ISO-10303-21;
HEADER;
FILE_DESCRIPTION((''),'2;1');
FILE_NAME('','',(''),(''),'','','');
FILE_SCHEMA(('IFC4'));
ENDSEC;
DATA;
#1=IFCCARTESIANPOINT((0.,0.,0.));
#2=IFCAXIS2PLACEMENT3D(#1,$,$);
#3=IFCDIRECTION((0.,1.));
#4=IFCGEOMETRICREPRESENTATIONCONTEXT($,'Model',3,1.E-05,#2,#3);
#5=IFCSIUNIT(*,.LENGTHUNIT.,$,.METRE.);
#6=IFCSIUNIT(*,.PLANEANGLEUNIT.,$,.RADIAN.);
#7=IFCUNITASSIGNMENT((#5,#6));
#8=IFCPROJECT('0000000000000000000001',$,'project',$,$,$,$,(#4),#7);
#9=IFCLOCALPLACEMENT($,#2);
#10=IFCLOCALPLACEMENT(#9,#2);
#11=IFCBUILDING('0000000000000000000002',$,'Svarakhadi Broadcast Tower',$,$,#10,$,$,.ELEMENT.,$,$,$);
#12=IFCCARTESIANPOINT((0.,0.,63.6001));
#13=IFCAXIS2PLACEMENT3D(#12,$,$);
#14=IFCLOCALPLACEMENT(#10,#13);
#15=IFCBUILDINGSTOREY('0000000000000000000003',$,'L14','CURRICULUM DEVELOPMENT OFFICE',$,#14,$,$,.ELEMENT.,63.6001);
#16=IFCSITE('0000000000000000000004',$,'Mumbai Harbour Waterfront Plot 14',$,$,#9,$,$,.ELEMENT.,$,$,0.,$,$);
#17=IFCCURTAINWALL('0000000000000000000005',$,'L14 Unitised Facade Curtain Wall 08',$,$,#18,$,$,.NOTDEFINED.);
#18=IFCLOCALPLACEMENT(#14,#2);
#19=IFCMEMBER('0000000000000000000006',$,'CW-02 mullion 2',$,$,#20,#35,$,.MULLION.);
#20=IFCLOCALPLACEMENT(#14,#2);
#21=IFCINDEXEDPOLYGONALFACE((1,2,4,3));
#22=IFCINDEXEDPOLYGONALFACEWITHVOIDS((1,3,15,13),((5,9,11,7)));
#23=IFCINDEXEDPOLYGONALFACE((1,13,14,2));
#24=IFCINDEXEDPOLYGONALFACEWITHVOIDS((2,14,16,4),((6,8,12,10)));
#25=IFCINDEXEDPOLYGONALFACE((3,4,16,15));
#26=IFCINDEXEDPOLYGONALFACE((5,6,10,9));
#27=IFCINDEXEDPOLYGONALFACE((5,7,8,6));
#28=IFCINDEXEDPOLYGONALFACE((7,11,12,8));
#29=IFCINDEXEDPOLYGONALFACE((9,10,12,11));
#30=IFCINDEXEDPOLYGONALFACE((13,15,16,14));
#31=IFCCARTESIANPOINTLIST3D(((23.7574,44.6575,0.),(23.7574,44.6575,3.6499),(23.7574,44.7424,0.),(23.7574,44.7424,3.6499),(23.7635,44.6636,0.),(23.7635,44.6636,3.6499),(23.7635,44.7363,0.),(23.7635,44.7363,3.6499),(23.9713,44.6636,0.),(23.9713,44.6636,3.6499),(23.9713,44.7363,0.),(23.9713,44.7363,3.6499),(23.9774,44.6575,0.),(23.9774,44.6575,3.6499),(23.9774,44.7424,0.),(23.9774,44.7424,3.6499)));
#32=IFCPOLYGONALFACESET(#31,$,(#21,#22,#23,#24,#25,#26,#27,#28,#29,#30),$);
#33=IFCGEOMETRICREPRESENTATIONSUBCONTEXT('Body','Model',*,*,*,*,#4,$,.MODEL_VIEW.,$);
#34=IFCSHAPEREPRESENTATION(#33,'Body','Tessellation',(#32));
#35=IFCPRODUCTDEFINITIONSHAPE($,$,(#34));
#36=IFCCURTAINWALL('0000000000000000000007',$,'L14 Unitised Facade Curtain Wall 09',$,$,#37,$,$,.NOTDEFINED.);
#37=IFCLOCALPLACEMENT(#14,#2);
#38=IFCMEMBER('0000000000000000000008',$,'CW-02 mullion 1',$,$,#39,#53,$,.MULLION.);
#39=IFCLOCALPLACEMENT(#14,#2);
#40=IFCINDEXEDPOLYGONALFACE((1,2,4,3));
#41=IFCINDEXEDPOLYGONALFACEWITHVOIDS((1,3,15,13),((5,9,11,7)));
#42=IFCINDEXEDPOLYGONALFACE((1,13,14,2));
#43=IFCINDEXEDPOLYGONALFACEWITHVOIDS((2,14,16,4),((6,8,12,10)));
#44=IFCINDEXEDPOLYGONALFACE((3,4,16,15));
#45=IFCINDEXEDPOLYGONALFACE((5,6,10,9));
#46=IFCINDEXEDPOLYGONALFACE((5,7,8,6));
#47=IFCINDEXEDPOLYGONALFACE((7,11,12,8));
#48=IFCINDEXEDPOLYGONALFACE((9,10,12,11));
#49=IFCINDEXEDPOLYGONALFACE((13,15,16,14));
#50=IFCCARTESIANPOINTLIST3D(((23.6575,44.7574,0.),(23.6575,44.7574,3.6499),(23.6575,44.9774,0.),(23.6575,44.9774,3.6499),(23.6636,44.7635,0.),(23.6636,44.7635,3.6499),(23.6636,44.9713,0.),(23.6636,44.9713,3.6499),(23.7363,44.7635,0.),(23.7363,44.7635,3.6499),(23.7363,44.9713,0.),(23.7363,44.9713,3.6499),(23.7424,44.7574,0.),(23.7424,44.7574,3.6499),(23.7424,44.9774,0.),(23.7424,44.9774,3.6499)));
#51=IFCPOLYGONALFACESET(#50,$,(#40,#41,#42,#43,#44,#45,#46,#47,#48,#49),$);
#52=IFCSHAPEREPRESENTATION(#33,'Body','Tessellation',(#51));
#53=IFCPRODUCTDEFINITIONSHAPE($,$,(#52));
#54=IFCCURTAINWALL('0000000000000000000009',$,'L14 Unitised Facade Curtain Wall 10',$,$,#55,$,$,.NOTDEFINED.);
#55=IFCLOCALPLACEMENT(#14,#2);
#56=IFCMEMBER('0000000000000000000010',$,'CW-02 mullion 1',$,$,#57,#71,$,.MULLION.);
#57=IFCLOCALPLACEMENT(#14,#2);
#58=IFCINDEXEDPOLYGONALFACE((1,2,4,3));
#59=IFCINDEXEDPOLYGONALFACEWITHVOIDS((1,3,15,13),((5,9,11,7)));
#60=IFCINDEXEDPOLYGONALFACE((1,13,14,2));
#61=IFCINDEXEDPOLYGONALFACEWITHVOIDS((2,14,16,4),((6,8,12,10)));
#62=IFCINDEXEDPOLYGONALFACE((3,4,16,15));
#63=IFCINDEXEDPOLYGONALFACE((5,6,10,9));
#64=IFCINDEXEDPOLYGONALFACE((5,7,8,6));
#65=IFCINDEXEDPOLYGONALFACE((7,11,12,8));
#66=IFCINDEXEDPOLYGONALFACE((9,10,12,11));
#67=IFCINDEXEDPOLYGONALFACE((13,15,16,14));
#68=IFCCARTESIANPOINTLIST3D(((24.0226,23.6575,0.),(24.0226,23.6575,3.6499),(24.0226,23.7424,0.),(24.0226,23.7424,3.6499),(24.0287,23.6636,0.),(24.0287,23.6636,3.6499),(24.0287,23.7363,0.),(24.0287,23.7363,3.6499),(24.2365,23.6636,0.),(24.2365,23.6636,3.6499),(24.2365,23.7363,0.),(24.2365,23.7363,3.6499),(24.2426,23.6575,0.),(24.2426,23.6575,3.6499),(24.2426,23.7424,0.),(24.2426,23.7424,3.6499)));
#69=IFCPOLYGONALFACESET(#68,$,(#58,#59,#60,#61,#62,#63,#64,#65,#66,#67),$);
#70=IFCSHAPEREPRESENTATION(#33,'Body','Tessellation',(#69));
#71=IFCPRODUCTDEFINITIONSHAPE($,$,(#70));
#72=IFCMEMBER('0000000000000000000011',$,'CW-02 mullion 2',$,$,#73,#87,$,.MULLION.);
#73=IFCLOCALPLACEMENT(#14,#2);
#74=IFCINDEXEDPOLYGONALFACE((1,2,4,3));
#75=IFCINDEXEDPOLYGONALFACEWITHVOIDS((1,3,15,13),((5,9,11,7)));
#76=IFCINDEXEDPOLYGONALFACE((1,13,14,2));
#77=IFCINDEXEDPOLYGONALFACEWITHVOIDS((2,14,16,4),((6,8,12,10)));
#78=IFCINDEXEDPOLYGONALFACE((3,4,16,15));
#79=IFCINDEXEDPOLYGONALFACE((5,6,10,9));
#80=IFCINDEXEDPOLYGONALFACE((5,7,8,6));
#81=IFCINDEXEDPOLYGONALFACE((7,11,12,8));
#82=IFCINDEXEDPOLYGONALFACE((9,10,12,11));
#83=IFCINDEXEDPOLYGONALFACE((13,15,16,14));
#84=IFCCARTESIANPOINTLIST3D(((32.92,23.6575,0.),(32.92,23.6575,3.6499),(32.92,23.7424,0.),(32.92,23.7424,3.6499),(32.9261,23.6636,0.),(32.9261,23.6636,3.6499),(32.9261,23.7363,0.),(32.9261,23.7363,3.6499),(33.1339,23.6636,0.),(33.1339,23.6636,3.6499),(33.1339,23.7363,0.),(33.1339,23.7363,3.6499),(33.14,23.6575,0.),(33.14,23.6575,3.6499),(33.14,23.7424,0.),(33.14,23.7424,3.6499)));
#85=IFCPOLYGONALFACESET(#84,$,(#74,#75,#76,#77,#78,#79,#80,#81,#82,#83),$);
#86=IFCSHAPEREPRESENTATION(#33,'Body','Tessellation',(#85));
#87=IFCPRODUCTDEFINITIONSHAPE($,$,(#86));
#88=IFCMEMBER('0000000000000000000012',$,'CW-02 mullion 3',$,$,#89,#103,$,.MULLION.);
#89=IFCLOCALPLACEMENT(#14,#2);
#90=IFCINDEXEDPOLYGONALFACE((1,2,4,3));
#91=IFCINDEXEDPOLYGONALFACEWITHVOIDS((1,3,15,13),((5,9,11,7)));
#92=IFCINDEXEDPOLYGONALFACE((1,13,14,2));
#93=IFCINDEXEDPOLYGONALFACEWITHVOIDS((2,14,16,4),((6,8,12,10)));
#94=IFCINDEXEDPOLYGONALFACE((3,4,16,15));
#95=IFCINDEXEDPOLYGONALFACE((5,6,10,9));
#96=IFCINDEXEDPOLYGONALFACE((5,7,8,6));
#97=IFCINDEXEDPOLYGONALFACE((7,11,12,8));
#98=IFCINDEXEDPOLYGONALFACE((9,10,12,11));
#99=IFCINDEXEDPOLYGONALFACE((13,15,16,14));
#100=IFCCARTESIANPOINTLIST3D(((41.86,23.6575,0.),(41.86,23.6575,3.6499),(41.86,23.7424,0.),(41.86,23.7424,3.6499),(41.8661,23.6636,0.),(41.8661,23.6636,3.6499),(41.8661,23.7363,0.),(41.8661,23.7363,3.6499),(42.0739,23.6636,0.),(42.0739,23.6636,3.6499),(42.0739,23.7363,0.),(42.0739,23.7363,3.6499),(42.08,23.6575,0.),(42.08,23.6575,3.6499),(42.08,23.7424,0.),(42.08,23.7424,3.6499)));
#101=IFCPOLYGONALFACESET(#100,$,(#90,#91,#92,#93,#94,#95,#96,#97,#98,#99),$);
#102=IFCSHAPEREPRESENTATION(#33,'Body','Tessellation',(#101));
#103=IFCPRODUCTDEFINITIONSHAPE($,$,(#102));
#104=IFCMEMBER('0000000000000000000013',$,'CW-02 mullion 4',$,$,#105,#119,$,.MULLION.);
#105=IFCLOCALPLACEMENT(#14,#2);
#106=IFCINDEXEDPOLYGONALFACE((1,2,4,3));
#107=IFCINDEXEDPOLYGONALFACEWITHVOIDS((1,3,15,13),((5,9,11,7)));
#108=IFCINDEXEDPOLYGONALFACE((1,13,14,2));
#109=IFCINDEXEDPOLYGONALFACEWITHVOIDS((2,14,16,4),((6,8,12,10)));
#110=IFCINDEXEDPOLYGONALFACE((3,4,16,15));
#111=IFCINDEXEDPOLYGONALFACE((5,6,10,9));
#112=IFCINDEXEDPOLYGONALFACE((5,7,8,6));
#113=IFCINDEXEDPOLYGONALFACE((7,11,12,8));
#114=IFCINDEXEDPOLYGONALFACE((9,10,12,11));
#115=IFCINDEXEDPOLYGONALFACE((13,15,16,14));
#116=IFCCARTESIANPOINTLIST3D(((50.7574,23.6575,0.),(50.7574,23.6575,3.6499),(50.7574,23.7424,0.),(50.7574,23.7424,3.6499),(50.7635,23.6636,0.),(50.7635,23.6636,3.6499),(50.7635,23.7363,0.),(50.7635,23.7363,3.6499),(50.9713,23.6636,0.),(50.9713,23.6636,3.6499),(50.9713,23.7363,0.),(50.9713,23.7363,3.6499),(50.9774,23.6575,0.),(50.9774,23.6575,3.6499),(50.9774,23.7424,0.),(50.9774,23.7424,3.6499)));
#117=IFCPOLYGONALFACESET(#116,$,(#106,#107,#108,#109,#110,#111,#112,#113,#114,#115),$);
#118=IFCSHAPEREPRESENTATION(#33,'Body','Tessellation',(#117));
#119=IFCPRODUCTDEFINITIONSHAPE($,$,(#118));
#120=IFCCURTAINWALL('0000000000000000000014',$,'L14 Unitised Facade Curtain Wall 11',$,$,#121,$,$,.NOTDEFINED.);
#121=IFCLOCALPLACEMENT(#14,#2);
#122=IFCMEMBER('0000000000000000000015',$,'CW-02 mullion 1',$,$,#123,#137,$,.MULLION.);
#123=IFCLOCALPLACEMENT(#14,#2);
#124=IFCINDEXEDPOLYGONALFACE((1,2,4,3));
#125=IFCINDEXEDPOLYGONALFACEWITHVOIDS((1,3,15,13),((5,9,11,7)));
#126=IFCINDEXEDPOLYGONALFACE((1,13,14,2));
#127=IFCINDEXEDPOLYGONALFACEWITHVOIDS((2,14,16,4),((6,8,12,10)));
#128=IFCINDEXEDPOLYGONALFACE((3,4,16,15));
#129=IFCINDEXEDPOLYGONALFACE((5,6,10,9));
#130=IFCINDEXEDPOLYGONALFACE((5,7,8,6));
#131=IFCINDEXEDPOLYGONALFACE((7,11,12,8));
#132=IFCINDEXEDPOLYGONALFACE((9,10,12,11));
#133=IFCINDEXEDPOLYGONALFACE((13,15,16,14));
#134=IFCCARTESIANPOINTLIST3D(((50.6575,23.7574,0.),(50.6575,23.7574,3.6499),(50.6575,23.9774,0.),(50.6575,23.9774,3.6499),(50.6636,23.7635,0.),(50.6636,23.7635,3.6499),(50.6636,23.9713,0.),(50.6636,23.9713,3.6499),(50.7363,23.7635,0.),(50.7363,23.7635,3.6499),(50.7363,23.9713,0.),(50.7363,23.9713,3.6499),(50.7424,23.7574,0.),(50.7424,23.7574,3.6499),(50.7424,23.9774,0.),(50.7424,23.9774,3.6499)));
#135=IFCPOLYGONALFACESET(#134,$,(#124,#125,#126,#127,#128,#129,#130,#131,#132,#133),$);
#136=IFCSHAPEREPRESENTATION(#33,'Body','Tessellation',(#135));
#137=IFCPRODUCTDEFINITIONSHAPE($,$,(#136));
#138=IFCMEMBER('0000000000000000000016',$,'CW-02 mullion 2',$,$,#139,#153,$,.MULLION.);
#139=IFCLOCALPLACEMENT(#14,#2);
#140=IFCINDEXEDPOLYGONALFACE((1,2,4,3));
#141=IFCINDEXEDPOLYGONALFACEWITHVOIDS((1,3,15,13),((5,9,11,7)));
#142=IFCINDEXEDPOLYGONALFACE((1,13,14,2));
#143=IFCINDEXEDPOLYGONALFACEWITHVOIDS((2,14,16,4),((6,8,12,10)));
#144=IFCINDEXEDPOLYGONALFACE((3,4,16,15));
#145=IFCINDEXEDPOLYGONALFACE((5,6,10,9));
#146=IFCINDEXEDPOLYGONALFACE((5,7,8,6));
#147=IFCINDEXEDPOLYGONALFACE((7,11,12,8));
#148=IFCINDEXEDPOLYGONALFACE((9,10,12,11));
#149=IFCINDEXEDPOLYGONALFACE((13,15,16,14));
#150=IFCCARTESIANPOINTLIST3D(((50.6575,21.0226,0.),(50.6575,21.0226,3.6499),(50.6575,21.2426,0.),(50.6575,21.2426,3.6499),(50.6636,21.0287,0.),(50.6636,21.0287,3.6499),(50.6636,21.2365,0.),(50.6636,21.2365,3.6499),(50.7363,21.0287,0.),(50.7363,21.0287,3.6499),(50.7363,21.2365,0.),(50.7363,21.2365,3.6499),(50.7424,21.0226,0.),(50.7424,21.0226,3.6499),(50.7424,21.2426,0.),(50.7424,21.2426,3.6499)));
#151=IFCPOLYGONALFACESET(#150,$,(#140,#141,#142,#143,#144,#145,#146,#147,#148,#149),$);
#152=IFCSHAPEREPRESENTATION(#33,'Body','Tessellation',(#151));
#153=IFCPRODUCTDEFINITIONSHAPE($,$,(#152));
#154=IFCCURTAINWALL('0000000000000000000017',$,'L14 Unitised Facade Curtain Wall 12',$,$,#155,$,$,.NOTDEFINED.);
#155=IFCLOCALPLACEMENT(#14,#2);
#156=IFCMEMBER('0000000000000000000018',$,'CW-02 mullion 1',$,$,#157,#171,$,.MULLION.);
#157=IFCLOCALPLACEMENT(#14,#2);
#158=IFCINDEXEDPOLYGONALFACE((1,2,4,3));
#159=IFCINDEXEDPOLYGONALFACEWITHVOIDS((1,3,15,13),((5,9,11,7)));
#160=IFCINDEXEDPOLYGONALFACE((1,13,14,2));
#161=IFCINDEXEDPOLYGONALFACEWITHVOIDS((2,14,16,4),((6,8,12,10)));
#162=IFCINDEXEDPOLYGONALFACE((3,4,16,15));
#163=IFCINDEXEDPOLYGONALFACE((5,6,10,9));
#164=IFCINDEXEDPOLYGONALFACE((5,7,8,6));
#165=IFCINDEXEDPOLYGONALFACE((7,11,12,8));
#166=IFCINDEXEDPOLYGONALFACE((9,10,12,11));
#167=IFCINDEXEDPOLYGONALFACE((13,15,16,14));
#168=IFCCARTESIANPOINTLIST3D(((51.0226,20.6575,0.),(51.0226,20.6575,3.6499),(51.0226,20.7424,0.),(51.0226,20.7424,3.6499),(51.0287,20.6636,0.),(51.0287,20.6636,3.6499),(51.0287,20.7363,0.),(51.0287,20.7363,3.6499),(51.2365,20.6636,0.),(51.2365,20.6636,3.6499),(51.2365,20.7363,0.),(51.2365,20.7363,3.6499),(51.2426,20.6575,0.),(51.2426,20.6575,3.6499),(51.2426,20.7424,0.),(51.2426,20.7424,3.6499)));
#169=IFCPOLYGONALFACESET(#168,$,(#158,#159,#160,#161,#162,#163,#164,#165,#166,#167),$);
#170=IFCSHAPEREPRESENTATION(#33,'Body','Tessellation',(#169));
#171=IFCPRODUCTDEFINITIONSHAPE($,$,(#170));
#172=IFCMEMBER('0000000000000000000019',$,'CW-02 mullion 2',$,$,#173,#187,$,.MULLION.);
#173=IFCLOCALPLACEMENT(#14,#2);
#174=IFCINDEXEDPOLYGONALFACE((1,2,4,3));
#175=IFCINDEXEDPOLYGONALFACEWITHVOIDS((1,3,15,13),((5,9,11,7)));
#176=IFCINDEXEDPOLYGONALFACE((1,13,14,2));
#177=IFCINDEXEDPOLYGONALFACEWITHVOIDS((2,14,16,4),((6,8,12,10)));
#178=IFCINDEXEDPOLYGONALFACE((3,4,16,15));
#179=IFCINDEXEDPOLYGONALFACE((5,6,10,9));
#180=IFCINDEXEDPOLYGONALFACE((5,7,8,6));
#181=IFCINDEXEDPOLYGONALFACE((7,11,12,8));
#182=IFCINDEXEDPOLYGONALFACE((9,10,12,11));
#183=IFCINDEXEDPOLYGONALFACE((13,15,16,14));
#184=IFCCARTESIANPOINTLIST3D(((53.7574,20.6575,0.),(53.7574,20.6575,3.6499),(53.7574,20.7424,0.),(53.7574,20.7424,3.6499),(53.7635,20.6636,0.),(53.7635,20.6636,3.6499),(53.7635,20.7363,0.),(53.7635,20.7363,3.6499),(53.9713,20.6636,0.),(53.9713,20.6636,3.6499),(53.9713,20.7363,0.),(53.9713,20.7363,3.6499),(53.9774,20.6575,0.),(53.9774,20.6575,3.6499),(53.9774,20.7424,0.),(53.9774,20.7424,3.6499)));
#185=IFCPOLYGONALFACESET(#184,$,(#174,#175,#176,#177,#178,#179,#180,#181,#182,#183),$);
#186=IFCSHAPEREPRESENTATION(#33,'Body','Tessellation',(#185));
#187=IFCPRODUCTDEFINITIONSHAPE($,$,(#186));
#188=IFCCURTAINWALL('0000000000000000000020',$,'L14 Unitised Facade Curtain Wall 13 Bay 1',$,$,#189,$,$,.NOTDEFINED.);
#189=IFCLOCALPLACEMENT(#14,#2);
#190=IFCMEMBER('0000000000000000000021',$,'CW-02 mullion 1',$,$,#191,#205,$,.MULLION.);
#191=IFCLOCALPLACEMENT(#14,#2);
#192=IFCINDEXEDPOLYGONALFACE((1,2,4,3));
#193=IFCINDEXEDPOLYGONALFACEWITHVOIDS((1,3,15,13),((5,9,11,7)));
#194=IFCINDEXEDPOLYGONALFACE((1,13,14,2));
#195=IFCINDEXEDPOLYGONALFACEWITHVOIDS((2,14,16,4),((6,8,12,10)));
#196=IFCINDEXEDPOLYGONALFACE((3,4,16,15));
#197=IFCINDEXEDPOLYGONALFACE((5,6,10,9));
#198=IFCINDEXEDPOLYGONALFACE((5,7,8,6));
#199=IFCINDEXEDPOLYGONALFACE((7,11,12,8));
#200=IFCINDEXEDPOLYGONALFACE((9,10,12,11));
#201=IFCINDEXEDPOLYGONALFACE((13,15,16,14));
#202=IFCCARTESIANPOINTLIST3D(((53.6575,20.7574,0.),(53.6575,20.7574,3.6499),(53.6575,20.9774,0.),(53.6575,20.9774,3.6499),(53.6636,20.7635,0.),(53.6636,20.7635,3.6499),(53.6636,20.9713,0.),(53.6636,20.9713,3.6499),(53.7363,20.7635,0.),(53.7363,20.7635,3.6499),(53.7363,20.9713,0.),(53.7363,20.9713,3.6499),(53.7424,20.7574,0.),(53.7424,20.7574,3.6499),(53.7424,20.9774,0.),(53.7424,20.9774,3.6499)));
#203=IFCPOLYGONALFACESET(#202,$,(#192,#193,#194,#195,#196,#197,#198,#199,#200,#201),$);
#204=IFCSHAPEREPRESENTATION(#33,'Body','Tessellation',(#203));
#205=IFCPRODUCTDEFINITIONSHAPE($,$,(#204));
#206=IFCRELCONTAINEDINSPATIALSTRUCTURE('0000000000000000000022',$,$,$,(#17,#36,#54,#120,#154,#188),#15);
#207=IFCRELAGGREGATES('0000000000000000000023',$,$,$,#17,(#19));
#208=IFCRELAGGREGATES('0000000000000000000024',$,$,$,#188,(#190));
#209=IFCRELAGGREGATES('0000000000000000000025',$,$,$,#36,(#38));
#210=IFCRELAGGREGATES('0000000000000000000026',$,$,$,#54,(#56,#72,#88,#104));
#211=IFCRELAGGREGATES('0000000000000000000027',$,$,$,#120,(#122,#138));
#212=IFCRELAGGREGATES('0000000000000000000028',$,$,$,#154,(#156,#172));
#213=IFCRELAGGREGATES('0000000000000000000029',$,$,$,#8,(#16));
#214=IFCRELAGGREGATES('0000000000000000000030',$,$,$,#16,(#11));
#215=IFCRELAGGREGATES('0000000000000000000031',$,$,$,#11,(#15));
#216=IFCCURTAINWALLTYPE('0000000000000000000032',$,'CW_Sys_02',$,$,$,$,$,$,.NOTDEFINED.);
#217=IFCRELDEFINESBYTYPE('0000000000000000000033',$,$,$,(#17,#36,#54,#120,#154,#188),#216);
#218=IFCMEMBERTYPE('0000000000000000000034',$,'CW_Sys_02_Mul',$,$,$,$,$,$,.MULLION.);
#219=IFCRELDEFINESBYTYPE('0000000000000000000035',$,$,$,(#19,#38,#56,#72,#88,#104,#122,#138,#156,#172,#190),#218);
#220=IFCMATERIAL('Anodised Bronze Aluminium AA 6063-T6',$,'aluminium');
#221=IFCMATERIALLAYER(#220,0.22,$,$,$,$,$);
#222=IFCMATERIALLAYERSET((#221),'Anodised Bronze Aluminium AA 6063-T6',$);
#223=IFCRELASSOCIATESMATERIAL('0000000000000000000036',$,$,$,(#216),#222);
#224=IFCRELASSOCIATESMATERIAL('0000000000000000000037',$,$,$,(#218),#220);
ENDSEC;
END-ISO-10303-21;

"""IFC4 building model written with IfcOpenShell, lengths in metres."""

from ifc_helpers import new_model, si_unit, direction, frame, origin, origin_2d, place, context, subcontext, project, spatial, hollow_rectangle, extrude, material, layer, layer_set, material_profile, profile_set, type_object, element, aggregate, save


model = new_model("IFC4")

# Units and contexts
model_context = context("Model", 3, precision=1e-05, world=origin(), true_north=direction((0.0, 1.0)))
body_context = subcontext(model_context, "Body", "Model", "MODEL_VIEW")
ifc_project = project(units=[si_unit("LENGTHUNIT", "METRE"), si_unit("PLANEANGLEUNIT", "RADIAN")], contexts=[model_context])

# Site, building, storey
site_placement = place(None, origin())
site = spatial("IfcSite", under=ifc_project, at=site_placement, Name="Mumbai Harbour Waterfront Plot 14", CompositionType="ELEMENT", RefElevation=0.0)
building_placement = place(site_placement, origin())
building = spatial("IfcBuilding", under=site, at=building_placement, Name="Svarakhadi Broadcast Tower", CompositionType="ELEMENT")
storey_placement = place(building_placement, frame((0.0, 0.0, 63.6001)))
storey = spatial("IfcBuildingStorey", under=building, at=storey_placement, Name="L14", Description="CURRICULUM DEVELOPMENT OFFICE", CompositionType="ELEMENT", Elevation=63.6001)

# Curtain walls, members
ifc_material_1 = material(Name="Anodised Bronze Aluminium AA 6063-T6", Category="aluminium")
ifc_layer_1 = layer(ifc_material_1, 0.22)
ifc_layer_set_1 = layer_set([ifc_layer_1], Name="Anodised Bronze Aluminium AA 6063-T6")
curtain_wall_type = type_object("IfcCurtainWallType", Name="CW_Sys_02", PredefinedType="NOTDEFINED", material=ifc_layer_set_1)
curtain_wall_1_placement = place(storey_placement, origin())
curtain_wall_1 = element("IfcCurtainWall", 1, at=curtain_wall_1_placement, inside=storey, type_object=curtain_wall_type, Name="L14 Unitised Facade Curtain Wall 08", PredefinedType="NOTDEFINED")
ifc_material_profile_1 = material_profile(ifc_material_1, hollow_rectangle(XDim=0.085, YDim=0.22, WallThickness=0.0061, at=origin_2d()), Name="ALU MULLION 220x85x6")
ifc_profile_set_1 = profile_set([ifc_material_profile_1], Name="Anodised Bronze Aluminium AA 6063-T6")
member_type_1 = type_object("IfcMemberType", Name="CW_Sys_02_Mul", PredefinedType="MULLION", material=ifc_profile_set_1)
member_1_placement = place(storey_placement, frame((23.8674, 44.7, 0.0), z_axis=(0.0, 0.0, 1.0), x_axis=(0.0, 1.0, 0.0)))
member_1 = element("IfcMember", 2, at=member_1_placement, type_object=member_type_1, Name="CW-02 mullion 2", PredefinedType="MULLION", context=body_context, shape_type="SweptSolid", body=[
    extrude(hollow_rectangle(XDim=0.085, YDim=0.22, WallThickness=0.0061, at=origin_2d()), origin(), (0.0, 0.0, 1.0), 3.6499),
])
aggregate(curtain_wall_1, [member_1])
curtain_wall_2_placement = place(storey_placement, origin())
curtain_wall_2 = element("IfcCurtainWall", 3, at=curtain_wall_2_placement, inside=storey, type_object=curtain_wall_type, Name="L14 Unitised Facade Curtain Wall 09", PredefinedType="NOTDEFINED")
member_2_placement = place(storey_placement, frame((23.7, 44.8674, 0.0), z_axis=(0.0, 0.0, 1.0), x_axis=(1.0, 0.0, 0.0)))
member_2 = element("IfcMember", 4, at=member_2_placement, type_object=member_type_1, Name="CW-02 mullion 1", PredefinedType="MULLION", context=body_context, shape_type="SweptSolid", body=[
    extrude(hollow_rectangle(XDim=0.085, YDim=0.22, WallThickness=0.0061, at=origin_2d()), origin(), (0.0, 0.0, 1.0), 3.6499),
])

# Curtain walls, members
curtain_wall_3_placement = place(storey_placement, origin())
curtain_wall_3 = element("IfcCurtainWall", 5, at=curtain_wall_3_placement, inside=storey, type_object=curtain_wall_type, Name="L14 Unitised Facade Curtain Wall 10", PredefinedType="NOTDEFINED")
member_3_placement = place(storey_placement, frame((24.1326, 23.7, 0.0), z_axis=(0.0, 0.0, 1.0), x_axis=(0.0, 1.0, 0.0)))
member_3 = element("IfcMember", 6, at=member_3_placement, type_object=member_type_1, Name="CW-02 mullion 1", PredefinedType="MULLION", context=body_context, shape_type="SweptSolid", body=[
    extrude(hollow_rectangle(XDim=0.085, YDim=0.22, WallThickness=0.0061, at=origin_2d()), origin(), (0.0, 0.0, 1.0), 3.6499),
])
member_4_placement = place(storey_placement, frame((33.03, 23.7, 0.0), z_axis=(0.0, 0.0, 1.0), x_axis=(0.0, 1.0, 0.0)))
member_4 = element("IfcMember", 7, at=member_4_placement, type_object=member_type_1, Name="CW-02 mullion 2", PredefinedType="MULLION", context=body_context, shape_type="SweptSolid", body=[
    extrude(hollow_rectangle(XDim=0.085, YDim=0.22, WallThickness=0.0061, at=origin_2d()), origin(), (0.0, 0.0, 1.0), 3.6499),
])
member_5_placement = place(storey_placement, frame((41.97, 23.7, 0.0), z_axis=(0.0, 0.0, 1.0), x_axis=(0.0, 1.0, 0.0)))
member_5 = element("IfcMember", 8, at=member_5_placement, type_object=member_type_1, Name="CW-02 mullion 3", PredefinedType="MULLION", context=body_context, shape_type="SweptSolid", body=[
    extrude(hollow_rectangle(XDim=0.085, YDim=0.22, WallThickness=0.0061, at=origin_2d()), origin(), (0.0, 0.0, 1.0), 3.6499),
])
member_6_placement = place(storey_placement, frame((50.8674, 23.7, 0.0), z_axis=(0.0, 0.0, 1.0), x_axis=(0.0, 1.0, 0.0)))
member_6 = element("IfcMember", 9, at=member_6_placement, type_object=member_type_1, Name="CW-02 mullion 4", PredefinedType="MULLION", context=body_context, shape_type="SweptSolid", body=[
    extrude(hollow_rectangle(XDim=0.085, YDim=0.22, WallThickness=0.0061, at=origin_2d()), origin(), (0.0, 0.0, 1.0), 3.6499),
])
curtain_wall_4_placement = place(storey_placement, origin())
curtain_wall_4 = element("IfcCurtainWall", 10, at=curtain_wall_4_placement, inside=storey, type_object=curtain_wall_type, Name="L14 Unitised Facade Curtain Wall 11", PredefinedType="NOTDEFINED")
member_7_placement = place(storey_placement, frame((50.7, 23.8674, 0.0), z_axis=(0.0, 0.0, 1.0), x_axis=(1.0, 0.0, 0.0)))
member_7 = element("IfcMember", 11, at=member_7_placement, type_object=member_type_1, Name="CW-02 mullion 1", PredefinedType="MULLION", context=body_context, shape_type="SweptSolid", body=[
    extrude(hollow_rectangle(XDim=0.085, YDim=0.22, WallThickness=0.0061, at=origin_2d()), origin(), (0.0, 0.0, 1.0), 3.6499),
])
member_8_placement = place(storey_placement, frame((50.7, 21.1326, 0.0), z_axis=(0.0, 0.0, 1.0), x_axis=(1.0, 0.0, 0.0)))
member_8 = element("IfcMember", 12, at=member_8_placement, type_object=member_type_1, Name="CW-02 mullion 2", PredefinedType="MULLION", context=body_context, shape_type="SweptSolid", body=[
    extrude(hollow_rectangle(XDim=0.085, YDim=0.22, WallThickness=0.0061, at=origin_2d()), origin(), (0.0, 0.0, 1.0), 3.6499),
])
curtain_wall_5_placement = place(storey_placement, origin())
curtain_wall_5 = element("IfcCurtainWall", 13, at=curtain_wall_5_placement, inside=storey, type_object=curtain_wall_type, Name="L14 Unitised Facade Curtain Wall 12", PredefinedType="NOTDEFINED")
member_9_placement = place(storey_placement, frame((51.1326, 20.7, 0.0), z_axis=(0.0, 0.0, 1.0), x_axis=(0.0, 1.0, 0.0)))
member_9 = element("IfcMember", 14, at=member_9_placement, type_object=member_type_1, Name="CW-02 mullion 1", PredefinedType="MULLION", context=body_context, shape_type="SweptSolid", body=[
    extrude(hollow_rectangle(XDim=0.085, YDim=0.22, WallThickness=0.0061, at=origin_2d()), origin(), (0.0, 0.0, 1.0), 3.6499),
])
member_10_placement = place(storey_placement, frame((53.8674, 20.7, 0.0), z_axis=(0.0, 0.0, 1.0), x_axis=(0.0, 1.0, 0.0)))
member_10 = element("IfcMember", 15, at=member_10_placement, type_object=member_type_1, Name="CW-02 mullion 2", PredefinedType="MULLION", context=body_context, shape_type="SweptSolid", body=[
    extrude(hollow_rectangle(XDim=0.085, YDim=0.22, WallThickness=0.0061, at=origin_2d()), origin(), (0.0, 0.0, 1.0), 3.6499),
])

# Curtain wall, member
curtain_wall_6_placement = place(storey_placement, origin())
curtain_wall_6 = element("IfcCurtainWall", 16, at=curtain_wall_6_placement, inside=storey, type_object=curtain_wall_type, Name="L14 Unitised Facade Curtain Wall 13 Bay 1", PredefinedType="NOTDEFINED")
member_11_placement = place(storey_placement, frame((53.7, 20.8674, 0.0), z_axis=(0.0, 0.0, 1.0), x_axis=(1.0, 0.0, 0.0)))
member_11 = element("IfcMember", 17, at=member_11_placement, type_object=member_type_1, Name="CW-02 mullion 1", PredefinedType="MULLION", context=body_context, shape_type="SweptSolid", body=[
    extrude(hollow_rectangle(XDim=0.085, YDim=0.22, WallThickness=0.0061, at=origin_2d()), origin(), (0.0, 0.0, 1.0), 3.6499),
])

aggregate(curtain_wall_6, [member_11])

aggregate(curtain_wall_2, [member_2])
aggregate(curtain_wall_3, [member_3, member_4, member_5, member_6])
aggregate(curtain_wall_4, [member_7, member_8])
aggregate(curtain_wall_5, [member_9, member_10])

save(model, "model.ifc")
